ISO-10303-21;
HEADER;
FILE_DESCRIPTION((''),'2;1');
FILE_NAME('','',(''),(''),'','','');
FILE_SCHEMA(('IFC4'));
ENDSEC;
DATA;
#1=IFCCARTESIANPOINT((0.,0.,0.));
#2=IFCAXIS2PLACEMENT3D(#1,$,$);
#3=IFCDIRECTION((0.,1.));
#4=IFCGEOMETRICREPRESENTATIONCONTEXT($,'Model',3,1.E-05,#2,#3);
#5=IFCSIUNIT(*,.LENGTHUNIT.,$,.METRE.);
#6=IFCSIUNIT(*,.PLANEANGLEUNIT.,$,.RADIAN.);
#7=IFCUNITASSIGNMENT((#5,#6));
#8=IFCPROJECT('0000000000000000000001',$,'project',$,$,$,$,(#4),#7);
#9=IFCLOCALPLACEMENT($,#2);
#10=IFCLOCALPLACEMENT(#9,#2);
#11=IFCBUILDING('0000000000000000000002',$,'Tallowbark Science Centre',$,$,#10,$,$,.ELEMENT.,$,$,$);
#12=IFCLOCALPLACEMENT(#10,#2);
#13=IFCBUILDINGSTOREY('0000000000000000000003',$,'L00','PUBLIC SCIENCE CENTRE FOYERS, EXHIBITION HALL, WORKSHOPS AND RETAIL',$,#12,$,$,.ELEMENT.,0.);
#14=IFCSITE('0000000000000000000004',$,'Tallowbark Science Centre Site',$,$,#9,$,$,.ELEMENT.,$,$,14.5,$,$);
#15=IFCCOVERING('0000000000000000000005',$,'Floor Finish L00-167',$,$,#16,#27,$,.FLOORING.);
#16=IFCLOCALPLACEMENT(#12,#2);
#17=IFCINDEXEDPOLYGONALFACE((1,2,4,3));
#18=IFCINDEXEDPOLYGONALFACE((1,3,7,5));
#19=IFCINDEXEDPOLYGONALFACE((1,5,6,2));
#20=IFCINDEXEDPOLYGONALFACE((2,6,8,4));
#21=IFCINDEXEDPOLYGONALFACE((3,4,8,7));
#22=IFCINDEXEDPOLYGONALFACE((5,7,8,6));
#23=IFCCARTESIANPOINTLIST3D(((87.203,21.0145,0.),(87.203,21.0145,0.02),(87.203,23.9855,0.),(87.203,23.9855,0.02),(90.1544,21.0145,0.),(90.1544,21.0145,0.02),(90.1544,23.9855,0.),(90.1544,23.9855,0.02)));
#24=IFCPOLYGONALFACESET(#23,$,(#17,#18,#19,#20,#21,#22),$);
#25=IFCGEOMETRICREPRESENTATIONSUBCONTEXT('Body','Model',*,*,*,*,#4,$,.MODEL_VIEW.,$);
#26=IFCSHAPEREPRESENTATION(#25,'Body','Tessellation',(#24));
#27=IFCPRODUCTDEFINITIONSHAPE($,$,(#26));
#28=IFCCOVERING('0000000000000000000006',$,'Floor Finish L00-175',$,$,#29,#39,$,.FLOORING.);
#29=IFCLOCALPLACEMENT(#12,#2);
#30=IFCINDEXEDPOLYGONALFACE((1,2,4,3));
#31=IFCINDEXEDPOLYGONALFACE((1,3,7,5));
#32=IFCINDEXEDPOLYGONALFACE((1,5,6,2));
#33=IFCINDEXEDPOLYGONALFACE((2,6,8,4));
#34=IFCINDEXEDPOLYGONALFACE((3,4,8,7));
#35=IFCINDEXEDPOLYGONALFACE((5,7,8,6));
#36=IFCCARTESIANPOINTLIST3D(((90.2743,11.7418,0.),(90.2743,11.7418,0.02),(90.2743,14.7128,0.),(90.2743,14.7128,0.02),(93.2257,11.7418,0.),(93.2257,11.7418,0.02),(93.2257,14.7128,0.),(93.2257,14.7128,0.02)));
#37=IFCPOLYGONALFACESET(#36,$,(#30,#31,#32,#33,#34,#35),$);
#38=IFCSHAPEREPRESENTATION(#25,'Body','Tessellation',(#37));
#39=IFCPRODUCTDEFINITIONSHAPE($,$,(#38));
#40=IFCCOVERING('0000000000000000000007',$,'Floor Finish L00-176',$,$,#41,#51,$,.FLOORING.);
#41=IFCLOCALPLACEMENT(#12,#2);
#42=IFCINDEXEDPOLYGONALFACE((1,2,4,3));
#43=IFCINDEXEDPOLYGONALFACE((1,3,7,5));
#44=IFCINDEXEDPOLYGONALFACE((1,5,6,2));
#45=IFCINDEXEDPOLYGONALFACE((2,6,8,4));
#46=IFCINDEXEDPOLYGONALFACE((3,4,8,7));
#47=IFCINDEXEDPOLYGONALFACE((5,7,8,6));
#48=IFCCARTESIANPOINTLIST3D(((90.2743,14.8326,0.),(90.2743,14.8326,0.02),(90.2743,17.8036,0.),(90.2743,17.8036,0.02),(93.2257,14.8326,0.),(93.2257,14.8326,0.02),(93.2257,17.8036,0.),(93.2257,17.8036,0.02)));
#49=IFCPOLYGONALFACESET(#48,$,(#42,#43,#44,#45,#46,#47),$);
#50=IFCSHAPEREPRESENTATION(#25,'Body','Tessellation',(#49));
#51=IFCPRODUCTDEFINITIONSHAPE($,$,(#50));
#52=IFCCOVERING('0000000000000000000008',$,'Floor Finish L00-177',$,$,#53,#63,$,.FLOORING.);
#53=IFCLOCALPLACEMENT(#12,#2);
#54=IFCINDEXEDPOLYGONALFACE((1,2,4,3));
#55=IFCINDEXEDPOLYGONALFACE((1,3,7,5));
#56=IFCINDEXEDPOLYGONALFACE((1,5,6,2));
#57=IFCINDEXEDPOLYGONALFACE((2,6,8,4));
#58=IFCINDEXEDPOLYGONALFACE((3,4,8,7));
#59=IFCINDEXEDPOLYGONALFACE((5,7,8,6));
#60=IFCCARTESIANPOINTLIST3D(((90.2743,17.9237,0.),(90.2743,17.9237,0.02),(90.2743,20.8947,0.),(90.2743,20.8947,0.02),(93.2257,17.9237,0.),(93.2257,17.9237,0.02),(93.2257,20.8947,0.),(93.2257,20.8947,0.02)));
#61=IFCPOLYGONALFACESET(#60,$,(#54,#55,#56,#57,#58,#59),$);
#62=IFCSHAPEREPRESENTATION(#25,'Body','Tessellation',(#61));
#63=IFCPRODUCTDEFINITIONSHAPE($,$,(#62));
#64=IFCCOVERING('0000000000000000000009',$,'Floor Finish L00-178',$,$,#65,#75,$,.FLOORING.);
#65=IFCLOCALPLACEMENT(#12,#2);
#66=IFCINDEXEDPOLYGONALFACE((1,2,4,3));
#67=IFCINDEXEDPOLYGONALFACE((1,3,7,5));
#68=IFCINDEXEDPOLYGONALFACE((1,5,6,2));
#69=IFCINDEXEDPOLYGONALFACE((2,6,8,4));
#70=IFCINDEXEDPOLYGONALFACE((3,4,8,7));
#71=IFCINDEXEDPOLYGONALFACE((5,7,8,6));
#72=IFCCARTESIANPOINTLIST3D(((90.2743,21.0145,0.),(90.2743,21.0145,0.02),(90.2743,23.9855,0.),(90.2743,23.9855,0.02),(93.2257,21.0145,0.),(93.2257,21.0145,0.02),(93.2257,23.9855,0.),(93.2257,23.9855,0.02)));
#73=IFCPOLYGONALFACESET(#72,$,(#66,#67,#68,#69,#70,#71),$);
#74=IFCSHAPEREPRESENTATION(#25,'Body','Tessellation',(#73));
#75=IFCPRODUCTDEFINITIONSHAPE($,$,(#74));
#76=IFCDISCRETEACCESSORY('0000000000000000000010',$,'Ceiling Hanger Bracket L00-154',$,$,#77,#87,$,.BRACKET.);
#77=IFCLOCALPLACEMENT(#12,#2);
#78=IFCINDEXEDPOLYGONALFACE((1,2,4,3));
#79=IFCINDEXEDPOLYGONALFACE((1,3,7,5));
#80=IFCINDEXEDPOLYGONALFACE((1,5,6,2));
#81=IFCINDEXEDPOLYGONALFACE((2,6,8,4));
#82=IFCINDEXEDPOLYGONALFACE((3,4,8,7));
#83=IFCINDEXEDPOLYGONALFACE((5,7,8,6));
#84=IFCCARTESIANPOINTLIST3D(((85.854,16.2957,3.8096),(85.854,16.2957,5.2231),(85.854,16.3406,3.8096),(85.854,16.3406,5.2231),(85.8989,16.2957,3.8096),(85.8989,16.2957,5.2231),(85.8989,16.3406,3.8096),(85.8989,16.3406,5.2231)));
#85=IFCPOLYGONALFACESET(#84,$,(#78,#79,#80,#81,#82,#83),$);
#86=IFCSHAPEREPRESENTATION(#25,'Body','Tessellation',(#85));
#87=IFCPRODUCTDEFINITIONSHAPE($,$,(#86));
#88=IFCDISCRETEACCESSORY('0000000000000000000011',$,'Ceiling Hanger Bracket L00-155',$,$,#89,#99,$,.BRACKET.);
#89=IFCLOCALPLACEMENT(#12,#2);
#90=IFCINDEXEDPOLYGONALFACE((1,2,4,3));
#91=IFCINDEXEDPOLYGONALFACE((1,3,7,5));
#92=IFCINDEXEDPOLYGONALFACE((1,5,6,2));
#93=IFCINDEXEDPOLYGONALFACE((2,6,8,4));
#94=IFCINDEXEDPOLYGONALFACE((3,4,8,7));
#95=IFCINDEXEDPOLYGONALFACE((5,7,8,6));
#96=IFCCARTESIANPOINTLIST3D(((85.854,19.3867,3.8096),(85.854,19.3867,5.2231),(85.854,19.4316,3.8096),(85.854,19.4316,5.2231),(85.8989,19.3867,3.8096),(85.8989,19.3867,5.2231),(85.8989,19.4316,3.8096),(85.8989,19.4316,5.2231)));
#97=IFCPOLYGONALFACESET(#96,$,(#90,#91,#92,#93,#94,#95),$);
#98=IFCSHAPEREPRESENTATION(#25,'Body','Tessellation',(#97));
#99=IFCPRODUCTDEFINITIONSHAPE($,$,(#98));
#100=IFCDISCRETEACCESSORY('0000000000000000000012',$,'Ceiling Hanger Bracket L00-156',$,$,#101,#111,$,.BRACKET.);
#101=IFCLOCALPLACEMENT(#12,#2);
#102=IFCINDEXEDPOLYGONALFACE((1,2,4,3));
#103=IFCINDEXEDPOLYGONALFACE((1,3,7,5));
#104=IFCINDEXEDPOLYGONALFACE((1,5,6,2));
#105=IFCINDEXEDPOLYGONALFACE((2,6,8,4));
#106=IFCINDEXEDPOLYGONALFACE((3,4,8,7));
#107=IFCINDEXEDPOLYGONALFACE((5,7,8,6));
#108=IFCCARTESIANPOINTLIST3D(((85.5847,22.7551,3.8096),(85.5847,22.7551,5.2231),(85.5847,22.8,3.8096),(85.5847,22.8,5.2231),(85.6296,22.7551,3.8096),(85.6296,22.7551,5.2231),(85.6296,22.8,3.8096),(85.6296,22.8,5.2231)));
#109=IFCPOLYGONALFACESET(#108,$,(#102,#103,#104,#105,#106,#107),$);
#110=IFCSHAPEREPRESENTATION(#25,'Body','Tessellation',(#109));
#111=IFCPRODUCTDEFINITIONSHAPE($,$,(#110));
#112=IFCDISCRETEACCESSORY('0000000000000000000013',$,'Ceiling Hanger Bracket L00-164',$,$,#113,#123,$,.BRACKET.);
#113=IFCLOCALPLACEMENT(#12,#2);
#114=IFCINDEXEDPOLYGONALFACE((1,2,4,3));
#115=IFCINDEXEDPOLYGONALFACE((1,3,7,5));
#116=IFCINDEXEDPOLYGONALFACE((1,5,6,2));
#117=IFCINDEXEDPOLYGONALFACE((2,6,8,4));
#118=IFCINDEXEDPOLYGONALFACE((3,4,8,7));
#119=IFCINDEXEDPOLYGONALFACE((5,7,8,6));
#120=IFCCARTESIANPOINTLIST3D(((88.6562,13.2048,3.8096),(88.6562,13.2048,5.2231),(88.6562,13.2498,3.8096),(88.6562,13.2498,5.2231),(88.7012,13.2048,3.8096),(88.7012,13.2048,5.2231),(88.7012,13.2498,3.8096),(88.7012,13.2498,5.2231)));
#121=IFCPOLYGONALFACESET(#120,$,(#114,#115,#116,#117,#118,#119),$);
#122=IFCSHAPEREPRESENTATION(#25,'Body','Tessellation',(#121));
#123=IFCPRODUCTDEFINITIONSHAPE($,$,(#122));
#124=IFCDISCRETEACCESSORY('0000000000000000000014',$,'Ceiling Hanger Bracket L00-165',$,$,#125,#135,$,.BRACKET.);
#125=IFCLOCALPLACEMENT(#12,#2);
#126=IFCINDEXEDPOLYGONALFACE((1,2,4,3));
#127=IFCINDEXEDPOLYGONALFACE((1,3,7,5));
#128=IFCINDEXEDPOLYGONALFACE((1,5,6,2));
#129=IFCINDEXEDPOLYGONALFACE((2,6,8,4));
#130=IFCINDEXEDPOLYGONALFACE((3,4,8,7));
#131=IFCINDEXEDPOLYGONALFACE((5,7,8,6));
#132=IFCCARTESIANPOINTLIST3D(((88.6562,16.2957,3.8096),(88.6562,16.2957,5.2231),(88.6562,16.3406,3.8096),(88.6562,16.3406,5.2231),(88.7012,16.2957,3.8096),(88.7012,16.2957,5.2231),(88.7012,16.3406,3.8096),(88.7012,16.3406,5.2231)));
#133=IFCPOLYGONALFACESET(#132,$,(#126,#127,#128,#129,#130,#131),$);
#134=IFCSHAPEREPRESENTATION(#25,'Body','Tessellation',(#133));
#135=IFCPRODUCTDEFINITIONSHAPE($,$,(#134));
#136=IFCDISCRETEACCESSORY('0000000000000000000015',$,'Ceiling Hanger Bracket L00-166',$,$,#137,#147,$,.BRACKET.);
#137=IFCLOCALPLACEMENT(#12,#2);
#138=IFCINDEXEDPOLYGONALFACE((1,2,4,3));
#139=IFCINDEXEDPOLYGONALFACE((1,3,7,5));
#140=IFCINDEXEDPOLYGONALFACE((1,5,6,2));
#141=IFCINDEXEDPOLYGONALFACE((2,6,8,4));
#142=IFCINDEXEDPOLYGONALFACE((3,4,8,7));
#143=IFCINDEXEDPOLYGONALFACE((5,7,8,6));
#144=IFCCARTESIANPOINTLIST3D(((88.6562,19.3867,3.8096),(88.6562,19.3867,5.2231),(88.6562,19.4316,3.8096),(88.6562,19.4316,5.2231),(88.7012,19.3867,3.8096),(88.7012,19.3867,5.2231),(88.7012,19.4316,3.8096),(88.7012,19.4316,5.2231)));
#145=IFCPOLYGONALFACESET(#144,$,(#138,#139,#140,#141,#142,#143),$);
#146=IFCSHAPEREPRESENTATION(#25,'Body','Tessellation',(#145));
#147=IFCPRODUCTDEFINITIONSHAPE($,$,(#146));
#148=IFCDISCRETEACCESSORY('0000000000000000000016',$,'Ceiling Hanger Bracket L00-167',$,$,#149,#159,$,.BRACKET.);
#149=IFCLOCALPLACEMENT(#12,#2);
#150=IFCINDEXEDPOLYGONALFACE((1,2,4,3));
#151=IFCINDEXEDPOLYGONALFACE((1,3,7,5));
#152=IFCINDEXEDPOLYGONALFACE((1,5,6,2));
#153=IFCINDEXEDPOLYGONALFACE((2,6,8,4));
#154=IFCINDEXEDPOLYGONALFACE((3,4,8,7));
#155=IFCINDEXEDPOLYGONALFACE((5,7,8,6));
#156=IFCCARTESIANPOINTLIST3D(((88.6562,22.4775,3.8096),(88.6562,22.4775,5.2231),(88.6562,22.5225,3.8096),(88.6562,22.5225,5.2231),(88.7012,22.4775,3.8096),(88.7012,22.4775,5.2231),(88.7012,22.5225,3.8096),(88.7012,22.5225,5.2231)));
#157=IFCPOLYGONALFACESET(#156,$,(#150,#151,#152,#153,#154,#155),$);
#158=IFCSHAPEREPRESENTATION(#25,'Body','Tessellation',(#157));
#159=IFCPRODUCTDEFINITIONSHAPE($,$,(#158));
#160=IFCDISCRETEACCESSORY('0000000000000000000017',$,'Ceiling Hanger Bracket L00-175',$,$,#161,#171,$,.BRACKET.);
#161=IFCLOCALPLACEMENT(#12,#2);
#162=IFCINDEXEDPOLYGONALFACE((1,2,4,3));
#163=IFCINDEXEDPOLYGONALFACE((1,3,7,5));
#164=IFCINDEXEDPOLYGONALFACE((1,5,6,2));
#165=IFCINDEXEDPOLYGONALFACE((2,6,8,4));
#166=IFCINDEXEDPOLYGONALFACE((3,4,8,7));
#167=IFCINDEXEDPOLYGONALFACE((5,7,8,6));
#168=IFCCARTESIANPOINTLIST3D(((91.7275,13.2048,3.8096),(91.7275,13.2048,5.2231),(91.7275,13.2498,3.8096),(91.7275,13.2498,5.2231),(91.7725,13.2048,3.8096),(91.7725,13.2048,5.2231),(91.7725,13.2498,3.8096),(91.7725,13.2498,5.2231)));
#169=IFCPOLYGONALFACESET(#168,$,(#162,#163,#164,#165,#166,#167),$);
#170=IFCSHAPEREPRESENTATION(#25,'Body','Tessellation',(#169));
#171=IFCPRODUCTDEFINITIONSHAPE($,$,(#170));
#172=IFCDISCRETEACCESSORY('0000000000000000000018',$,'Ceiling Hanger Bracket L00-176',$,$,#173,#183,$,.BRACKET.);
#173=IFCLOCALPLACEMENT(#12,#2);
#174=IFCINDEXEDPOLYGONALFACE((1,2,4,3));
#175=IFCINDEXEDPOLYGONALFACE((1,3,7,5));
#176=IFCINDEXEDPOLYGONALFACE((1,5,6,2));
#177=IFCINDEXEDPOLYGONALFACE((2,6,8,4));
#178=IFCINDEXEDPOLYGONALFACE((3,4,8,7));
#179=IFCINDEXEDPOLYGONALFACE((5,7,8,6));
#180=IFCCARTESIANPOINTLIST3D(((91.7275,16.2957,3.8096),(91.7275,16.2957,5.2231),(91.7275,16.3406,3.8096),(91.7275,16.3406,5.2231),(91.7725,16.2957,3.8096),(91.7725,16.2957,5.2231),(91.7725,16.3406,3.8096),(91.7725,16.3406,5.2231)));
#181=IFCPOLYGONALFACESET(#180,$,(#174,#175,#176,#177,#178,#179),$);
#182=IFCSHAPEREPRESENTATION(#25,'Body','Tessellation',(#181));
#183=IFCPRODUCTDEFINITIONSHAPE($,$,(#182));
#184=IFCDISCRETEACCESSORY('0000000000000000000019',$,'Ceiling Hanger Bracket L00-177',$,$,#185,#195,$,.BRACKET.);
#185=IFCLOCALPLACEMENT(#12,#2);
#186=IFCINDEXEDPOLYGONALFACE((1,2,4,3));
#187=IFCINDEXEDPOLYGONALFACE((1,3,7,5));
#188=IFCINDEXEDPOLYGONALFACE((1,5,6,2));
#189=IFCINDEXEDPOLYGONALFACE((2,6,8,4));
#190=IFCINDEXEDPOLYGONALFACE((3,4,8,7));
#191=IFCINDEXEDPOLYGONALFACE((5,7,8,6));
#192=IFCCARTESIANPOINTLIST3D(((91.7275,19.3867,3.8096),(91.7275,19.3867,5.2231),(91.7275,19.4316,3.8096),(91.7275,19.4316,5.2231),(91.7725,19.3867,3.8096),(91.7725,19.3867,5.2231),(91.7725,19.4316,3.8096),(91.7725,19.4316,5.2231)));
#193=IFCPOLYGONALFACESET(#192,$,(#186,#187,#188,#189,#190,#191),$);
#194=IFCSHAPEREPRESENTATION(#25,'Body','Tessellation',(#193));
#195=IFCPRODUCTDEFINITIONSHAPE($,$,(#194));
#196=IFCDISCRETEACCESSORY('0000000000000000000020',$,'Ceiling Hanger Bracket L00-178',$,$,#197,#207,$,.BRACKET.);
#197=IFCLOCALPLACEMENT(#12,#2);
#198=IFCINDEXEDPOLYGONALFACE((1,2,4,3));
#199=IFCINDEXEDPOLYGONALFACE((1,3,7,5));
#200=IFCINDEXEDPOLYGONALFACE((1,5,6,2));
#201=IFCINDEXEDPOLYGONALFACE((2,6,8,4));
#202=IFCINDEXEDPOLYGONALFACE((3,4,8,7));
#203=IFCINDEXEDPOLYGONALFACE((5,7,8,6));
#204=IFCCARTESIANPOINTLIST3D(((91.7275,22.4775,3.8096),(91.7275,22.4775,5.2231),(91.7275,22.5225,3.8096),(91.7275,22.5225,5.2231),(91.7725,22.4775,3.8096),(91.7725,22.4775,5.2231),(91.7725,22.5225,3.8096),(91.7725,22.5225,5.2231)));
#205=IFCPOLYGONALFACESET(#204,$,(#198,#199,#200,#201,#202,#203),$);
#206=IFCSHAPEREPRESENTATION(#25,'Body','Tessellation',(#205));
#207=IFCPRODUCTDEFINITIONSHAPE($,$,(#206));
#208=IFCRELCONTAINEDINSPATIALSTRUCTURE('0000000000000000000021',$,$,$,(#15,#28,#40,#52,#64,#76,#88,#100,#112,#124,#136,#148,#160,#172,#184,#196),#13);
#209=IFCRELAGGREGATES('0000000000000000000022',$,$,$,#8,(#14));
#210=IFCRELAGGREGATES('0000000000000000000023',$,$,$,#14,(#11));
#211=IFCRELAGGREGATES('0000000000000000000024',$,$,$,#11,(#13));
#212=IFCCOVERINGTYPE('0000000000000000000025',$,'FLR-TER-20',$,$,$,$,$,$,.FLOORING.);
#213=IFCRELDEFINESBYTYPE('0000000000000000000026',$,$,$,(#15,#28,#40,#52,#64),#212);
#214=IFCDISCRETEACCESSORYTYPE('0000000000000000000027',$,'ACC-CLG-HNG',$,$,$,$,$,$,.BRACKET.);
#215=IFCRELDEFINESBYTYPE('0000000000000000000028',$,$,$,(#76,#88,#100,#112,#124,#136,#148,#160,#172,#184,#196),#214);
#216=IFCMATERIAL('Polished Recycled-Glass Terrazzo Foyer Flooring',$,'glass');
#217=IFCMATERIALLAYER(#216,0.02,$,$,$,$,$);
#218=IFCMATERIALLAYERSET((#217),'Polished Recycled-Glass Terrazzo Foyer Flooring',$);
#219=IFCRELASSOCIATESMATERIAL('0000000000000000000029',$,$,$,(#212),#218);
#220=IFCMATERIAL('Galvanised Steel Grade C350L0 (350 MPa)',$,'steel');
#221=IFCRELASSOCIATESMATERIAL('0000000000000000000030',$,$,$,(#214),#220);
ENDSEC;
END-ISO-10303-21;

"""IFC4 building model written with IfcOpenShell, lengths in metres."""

from ifc_helpers import new_model, si_unit, direction, frame, origin, origin_2d, place, context, subcontext, project, spatial, rectangle, extrude, material, layer, layer_set, type_object, element, save


model = new_model("IFC4")

# Units and contexts
model_context = context("Model", 3, precision=1e-05, world=origin(), true_north=direction((0.0, 1.0)))
body_context = subcontext(model_context, "Body", "Model", "MODEL_VIEW")
ifc_project = project(units=[si_unit("LENGTHUNIT", "METRE"), si_unit("PLANEANGLEUNIT", "RADIAN")], contexts=[model_context])

# Site, building, storey
site_placement = place(None, origin())
site = spatial("IfcSite", under=ifc_project, at=site_placement, Name="Tallowbark Science Centre Site", CompositionType="ELEMENT", RefElevation=14.5)
building_placement = place(site_placement, origin())
building = spatial("IfcBuilding", under=site, at=building_placement, Name="Tallowbark Science Centre", CompositionType="ELEMENT")
storey_placement = place(building_placement, origin())
storey = spatial("IfcBuildingStorey", under=building, at=storey_placement, Name="L00", Description="PUBLIC SCIENCE CENTRE FOYERS, EXHIBITION HALL, WORKSHOPS AND RETAIL", CompositionType="ELEMENT", Elevation=0.0)

# Coverings
ifc_material_1 = material(Name="Polished Recycled-Glass Terrazzo Foyer Flooring", Category="glass")
ifc_layer_1 = layer(ifc_material_1, 0.02)
ifc_layer_set_1 = layer_set([ifc_layer_1], Name="Polished Recycled-Glass Terrazzo Foyer Flooring")
covering_type_1 = type_object("IfcCoveringType", Name="FLR-TER-20", PredefinedType="FLOORING", material=ifc_layer_set_1)
for number, where, z_axis, x_axis, name in (
    (1, (88.6787, 22.5, 0.0), (0.0, 0.0, 1.0), (1.0, 0.0, 0.0), "Floor Finish L00-167"),
    (2, (91.75, 13.2273, 0.0), (0.0, 0.0, 1.0), (1.0, 0.0, 0.0), "Floor Finish L00-175"),
    (3, (91.75, 16.3181, 0.0), (0.0, 0.0, 1.0), (1.0, 0.0, 0.0), "Floor Finish L00-176"),
    (4, (91.75, 19.4092, 0.0), (0.0, 0.0, 1.0), (1.0, 0.0, 0.0), "Floor Finish L00-177"),
    (5, (91.75, 22.5, 0.0), (0.0, 0.0, 1.0), (1.0, 0.0, 0.0), "Floor Finish L00-178"),
):
    element("IfcCovering", number, at=place(storey_placement, frame(where, z_axis=z_axis, x_axis=x_axis)), inside=storey, type_object=covering_type_1, Name=name, PredefinedType="FLOORING", context=body_context, shape_type="SweptSolid", body=[
        extrude(rectangle(XDim=2.9514, YDim=2.9709, at=origin_2d()), origin(), (0.0, 0.0, 1.0), 0.02),
    ])

# Discrete accessories
ifc_material_2 = material(Name="Galvanised Steel Grade C350L0 (350 MPa)", Category="steel")
discrete_accessory_type = type_object("IfcDiscreteAccessoryType", Name="ACC-CLG-HNG", PredefinedType="BRACKET", material=ifc_material_2)
for number, where, z_axis, x_axis, name in (
    (6, (85.8765, 16.3181, 3.8096), (0.0, 0.0, 1.0), (1.0, 0.0, 0.0), "Ceiling Hanger Bracket L00-154"),
    (7, (85.8765, 19.4092, 3.8096), (0.0, 0.0, 1.0), (1.0, 0.0, 0.0), "Ceiling Hanger Bracket L00-155"),
    (8, (85.6072, 22.7776, 3.8096), (0.0, 0.0, 1.0), (1.0, 0.0, 0.0), "Ceiling Hanger Bracket L00-156"),
    (9, (88.6787, 13.2273, 3.8096), (0.0, 0.0, 1.0), (1.0, 0.0, 0.0), "Ceiling Hanger Bracket L00-164"),
    (10, (88.6787, 16.3181, 3.8096), (0.0, 0.0, 1.0), (1.0, 0.0, 0.0), "Ceiling Hanger Bracket L00-165"),
    (11, (88.6787, 19.4092, 3.8096), (0.0, 0.0, 1.0), (1.0, 0.0, 0.0), "Ceiling Hanger Bracket L00-166"),
    (12, (88.6787, 22.5, 3.8096), (0.0, 0.0, 1.0), (1.0, 0.0, 0.0), "Ceiling Hanger Bracket L00-167"),
    (13, (91.75, 13.2273, 3.8096), (0.0, 0.0, 1.0), (1.0, 0.0, 0.0), "Ceiling Hanger Bracket L00-175"),
    (14, (91.75, 16.3181, 3.8096), (0.0, 0.0, 1.0), (1.0, 0.0, 0.0), "Ceiling Hanger Bracket L00-176"),
    (15, (91.75, 19.4092, 3.8096), (0.0, 0.0, 1.0), (1.0, 0.0, 0.0), "Ceiling Hanger Bracket L00-177"),
    (16, (91.75, 22.5, 3.8096), (0.0, 0.0, 1.0), (1.0, 0.0, 0.0), "Ceiling Hanger Bracket L00-178"),
):
    element("IfcDiscreteAccessory", number, at=place(storey_placement, frame(where, z_axis=z_axis, x_axis=x_axis)), inside=storey, type_object=discrete_accessory_type, Name=name, PredefinedType="BRACKET", context=body_context, shape_type="SweptSolid", body=[
        extrude(rectangle(XDim=0.0449, YDim=0.0449, at=origin_2d()), origin(), (0.0, 0.0, 1.0), 1.4136),
    ])

save(model, "model.ifc")
